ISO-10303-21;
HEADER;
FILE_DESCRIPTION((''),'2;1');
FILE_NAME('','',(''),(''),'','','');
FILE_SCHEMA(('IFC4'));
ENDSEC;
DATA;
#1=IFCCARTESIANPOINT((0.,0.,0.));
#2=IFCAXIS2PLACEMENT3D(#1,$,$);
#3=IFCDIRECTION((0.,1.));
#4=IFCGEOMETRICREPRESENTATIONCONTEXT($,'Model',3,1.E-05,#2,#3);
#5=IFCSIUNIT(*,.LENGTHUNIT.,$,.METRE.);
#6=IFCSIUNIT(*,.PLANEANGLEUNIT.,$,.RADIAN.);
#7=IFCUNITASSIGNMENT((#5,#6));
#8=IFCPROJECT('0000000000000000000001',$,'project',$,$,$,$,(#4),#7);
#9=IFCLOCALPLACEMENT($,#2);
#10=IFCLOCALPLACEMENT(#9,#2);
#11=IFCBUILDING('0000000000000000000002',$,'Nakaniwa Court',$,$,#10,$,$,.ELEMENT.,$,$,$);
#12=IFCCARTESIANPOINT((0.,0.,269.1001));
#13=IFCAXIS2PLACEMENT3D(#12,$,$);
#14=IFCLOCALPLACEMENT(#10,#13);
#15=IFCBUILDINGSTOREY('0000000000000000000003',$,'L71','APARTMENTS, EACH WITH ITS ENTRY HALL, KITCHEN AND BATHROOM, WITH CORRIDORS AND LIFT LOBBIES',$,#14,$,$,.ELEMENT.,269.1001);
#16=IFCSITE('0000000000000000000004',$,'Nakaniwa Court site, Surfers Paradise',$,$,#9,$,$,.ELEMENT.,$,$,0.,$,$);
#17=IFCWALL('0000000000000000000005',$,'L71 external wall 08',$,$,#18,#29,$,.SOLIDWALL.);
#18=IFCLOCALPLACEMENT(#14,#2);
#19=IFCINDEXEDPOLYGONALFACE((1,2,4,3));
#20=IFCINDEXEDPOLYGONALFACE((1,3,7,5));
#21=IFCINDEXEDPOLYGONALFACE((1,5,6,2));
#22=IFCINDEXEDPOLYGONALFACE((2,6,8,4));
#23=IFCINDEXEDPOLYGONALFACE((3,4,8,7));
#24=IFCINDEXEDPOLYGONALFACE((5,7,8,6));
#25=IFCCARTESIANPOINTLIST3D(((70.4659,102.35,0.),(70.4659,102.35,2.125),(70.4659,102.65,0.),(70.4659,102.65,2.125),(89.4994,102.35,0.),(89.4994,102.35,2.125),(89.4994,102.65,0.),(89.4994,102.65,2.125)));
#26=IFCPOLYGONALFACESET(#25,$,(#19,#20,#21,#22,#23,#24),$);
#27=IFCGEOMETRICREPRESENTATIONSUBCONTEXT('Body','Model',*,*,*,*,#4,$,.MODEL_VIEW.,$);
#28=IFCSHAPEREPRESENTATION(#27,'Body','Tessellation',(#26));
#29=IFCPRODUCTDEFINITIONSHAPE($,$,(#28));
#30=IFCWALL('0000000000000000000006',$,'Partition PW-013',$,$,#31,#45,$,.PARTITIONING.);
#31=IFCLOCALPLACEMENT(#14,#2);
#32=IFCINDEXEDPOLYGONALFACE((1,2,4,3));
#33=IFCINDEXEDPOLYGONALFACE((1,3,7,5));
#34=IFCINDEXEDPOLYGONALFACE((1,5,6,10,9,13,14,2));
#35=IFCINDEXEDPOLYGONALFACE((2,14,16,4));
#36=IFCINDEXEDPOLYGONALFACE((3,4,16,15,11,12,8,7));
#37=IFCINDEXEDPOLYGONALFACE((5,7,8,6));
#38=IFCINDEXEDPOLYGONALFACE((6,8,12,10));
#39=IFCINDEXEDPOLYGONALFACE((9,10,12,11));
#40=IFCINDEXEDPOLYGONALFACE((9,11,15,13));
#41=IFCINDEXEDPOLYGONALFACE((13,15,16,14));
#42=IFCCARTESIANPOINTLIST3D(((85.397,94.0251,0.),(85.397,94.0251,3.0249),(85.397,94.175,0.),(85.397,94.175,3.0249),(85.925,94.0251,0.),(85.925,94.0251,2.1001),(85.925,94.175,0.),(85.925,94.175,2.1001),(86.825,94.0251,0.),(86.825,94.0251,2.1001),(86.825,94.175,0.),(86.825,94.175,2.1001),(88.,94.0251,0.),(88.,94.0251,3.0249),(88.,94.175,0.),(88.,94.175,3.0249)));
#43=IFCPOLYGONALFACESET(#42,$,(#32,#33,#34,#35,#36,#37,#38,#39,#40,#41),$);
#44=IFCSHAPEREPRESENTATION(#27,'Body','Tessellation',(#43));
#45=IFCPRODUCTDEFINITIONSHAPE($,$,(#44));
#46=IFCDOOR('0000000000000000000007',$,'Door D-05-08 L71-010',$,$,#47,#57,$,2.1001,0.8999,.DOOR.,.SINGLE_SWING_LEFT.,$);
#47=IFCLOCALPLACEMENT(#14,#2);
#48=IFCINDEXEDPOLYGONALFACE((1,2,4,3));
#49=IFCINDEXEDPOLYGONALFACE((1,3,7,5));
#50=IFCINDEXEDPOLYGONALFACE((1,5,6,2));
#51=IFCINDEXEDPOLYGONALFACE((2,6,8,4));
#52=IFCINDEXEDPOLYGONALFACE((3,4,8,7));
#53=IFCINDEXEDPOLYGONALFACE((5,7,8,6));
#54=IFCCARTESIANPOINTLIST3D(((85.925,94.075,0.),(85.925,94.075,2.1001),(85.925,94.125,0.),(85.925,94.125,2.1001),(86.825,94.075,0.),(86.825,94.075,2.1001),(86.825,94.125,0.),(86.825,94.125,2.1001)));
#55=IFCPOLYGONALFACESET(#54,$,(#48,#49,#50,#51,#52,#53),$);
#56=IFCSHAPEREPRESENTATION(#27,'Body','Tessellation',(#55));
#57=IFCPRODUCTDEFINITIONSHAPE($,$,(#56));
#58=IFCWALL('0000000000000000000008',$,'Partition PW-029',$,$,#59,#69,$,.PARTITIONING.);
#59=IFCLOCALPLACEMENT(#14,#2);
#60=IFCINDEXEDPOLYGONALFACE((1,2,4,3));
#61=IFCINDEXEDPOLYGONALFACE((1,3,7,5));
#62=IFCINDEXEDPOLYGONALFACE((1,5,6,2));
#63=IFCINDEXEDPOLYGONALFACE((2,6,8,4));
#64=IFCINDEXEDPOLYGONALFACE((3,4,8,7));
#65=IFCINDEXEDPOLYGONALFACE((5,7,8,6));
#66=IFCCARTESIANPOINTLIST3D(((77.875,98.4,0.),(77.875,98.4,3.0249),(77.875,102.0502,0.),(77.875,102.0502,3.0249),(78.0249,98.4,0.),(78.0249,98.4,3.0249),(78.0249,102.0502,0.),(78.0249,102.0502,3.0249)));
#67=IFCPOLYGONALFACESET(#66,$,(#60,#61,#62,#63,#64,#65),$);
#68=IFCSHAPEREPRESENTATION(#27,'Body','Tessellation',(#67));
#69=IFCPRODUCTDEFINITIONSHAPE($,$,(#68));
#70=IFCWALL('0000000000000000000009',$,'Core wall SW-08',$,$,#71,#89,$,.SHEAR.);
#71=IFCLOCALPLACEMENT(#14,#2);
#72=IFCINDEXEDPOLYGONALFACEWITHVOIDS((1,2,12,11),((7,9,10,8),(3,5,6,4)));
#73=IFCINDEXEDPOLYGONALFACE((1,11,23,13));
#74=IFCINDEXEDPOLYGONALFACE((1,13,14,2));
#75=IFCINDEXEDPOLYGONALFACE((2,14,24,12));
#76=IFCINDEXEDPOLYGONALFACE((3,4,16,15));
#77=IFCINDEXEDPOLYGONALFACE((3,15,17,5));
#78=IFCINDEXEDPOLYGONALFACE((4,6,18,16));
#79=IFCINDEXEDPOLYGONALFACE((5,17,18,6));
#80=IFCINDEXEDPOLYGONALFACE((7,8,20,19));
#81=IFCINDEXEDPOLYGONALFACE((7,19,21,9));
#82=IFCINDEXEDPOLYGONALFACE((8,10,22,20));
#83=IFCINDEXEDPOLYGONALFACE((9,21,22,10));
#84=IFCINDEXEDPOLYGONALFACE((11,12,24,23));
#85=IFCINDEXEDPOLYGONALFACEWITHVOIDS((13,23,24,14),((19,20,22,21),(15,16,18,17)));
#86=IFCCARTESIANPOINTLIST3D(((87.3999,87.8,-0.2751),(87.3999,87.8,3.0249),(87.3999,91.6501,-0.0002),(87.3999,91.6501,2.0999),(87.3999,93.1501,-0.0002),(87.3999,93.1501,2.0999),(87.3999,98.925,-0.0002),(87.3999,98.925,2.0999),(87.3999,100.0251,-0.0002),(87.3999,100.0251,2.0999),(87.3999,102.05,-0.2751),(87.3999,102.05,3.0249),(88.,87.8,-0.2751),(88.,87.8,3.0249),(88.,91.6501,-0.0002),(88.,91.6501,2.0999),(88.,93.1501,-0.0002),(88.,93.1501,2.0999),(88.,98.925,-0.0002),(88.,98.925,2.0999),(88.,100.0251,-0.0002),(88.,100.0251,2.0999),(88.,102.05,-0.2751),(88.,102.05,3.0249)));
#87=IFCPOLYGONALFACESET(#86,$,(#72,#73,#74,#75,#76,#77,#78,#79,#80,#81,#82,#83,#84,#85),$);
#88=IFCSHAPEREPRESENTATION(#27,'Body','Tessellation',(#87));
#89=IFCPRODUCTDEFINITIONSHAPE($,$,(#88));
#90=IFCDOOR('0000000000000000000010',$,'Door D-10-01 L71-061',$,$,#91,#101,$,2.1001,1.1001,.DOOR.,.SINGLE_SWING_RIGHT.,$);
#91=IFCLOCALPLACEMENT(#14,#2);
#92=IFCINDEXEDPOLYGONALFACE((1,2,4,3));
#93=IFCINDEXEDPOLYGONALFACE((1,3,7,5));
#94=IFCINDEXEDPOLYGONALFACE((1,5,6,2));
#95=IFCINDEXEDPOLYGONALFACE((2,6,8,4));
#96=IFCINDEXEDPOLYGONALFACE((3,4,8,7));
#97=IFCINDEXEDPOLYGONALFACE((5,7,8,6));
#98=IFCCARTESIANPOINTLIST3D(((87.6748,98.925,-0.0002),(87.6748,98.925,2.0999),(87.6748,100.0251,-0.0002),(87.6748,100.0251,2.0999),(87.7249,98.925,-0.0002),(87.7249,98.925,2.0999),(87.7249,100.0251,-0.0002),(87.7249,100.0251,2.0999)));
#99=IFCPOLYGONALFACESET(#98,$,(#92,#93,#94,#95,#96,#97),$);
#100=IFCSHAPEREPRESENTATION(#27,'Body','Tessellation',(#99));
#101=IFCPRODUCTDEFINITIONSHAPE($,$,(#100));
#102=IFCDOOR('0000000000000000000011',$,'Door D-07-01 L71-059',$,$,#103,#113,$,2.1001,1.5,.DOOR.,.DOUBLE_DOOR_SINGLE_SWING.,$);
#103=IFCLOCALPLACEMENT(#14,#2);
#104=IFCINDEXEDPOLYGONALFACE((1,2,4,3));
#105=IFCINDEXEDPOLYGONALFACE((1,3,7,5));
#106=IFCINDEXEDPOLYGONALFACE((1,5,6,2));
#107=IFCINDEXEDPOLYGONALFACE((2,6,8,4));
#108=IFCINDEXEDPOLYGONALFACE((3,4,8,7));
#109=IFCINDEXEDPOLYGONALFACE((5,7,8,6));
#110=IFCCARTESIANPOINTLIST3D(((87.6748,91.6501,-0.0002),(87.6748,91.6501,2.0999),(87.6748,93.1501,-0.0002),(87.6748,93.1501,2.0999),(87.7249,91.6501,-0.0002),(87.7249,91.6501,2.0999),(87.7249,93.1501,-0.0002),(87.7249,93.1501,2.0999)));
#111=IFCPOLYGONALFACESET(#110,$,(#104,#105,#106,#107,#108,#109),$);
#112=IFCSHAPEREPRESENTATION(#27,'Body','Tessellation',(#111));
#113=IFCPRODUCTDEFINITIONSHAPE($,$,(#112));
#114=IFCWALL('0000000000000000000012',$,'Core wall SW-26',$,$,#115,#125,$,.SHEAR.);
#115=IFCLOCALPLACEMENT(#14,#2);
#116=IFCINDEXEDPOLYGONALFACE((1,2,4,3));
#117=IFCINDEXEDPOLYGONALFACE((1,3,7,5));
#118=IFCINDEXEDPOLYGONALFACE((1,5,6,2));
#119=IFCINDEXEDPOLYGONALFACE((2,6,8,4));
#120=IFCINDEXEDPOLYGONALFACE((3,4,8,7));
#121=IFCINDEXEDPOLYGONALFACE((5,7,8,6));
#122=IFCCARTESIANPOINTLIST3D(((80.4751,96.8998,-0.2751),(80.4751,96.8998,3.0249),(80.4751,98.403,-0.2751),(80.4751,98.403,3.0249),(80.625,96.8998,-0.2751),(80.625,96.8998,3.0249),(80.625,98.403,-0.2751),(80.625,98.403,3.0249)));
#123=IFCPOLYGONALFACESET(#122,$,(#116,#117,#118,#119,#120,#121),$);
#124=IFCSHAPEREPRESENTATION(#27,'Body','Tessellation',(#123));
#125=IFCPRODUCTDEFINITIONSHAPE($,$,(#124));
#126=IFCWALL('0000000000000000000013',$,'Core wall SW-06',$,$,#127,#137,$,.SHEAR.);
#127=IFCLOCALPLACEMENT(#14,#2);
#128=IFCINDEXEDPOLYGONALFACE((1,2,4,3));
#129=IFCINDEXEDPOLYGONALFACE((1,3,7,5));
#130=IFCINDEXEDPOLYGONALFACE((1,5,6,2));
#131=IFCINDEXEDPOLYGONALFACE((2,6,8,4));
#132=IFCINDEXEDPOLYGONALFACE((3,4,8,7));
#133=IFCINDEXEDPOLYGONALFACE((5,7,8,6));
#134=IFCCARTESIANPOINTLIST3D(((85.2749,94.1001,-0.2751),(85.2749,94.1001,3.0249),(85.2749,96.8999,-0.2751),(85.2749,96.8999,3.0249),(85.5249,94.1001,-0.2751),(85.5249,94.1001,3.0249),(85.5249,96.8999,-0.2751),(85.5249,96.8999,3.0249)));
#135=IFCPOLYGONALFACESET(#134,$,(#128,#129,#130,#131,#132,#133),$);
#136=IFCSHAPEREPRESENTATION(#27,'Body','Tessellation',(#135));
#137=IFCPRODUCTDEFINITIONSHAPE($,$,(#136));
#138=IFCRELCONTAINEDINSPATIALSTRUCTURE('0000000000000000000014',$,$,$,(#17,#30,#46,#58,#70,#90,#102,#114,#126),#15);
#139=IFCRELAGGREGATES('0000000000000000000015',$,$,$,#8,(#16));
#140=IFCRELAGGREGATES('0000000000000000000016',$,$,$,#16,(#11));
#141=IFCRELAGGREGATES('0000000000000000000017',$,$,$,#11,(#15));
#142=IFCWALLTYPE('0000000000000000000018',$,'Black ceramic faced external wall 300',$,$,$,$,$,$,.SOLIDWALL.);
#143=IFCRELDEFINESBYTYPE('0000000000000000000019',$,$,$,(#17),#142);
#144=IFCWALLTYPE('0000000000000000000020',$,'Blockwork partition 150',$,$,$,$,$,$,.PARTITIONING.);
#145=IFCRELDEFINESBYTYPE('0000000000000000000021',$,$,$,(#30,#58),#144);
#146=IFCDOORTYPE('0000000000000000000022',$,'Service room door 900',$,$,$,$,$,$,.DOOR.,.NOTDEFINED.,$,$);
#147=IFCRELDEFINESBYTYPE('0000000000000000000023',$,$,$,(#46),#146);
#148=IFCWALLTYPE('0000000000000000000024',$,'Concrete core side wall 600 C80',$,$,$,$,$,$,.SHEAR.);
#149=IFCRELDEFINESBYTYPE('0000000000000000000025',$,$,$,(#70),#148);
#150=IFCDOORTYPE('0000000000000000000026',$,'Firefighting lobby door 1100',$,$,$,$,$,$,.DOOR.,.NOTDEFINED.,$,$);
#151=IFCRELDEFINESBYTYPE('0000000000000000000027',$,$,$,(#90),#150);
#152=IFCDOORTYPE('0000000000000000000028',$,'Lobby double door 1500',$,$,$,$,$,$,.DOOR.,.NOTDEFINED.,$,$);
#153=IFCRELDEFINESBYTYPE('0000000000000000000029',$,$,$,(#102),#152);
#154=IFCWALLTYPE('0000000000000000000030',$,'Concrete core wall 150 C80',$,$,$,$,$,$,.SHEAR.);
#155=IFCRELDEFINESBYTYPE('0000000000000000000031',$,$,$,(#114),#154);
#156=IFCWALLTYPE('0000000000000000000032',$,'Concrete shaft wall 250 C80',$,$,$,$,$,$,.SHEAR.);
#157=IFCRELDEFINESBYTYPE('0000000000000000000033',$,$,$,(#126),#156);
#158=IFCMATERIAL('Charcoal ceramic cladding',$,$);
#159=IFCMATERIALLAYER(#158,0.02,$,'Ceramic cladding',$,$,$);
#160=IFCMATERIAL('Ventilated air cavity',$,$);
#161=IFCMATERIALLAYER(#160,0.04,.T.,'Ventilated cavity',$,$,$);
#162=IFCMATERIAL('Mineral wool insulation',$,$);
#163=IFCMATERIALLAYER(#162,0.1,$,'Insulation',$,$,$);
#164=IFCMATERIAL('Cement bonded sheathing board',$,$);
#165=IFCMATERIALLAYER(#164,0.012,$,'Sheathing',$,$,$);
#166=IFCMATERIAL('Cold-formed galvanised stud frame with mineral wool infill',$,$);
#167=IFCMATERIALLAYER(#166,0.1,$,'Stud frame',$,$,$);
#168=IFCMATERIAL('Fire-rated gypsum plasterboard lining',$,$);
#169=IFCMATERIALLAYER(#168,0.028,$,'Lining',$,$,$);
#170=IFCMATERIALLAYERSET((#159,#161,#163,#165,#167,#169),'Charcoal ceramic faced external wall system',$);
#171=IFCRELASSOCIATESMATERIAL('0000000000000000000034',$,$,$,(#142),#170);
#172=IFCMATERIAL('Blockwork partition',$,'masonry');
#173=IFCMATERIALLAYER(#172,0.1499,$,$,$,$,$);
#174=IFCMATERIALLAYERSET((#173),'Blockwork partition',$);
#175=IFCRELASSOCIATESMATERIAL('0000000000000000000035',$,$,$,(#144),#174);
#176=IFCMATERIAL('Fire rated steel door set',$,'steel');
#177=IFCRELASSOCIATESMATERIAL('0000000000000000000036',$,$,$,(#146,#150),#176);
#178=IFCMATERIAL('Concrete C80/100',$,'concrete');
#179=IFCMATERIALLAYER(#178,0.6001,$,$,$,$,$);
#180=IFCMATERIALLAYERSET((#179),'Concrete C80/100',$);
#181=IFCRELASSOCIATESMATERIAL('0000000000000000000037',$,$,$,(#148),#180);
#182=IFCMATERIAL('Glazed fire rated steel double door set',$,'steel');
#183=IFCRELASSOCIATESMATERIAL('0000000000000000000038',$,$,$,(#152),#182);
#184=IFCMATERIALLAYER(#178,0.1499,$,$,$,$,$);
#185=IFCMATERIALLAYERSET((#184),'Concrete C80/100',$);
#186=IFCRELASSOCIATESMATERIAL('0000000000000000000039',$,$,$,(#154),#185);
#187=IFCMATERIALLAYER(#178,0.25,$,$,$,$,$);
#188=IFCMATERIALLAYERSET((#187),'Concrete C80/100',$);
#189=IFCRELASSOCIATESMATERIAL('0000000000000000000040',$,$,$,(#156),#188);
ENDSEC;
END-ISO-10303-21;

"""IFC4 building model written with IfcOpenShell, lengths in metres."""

from ifc_helpers import new_model, si_unit, direction, frame, frame_2d, origin, place, context, subcontext, project, spatial, rectangle, extrude, material, layer, layer_set, type_object, element, fill, save


model = new_model("IFC4")

# Units and contexts
model_context = context("Model", 3, precision=1e-05, world=origin(), true_north=direction((0.0, 1.0)))
body_context = subcontext(model_context, "Body", "Model", "MODEL_VIEW")
ifc_project = project(units=[si_unit("LENGTHUNIT", "METRE"), si_unit("PLANEANGLEUNIT", "RADIAN")], contexts=[model_context])

# Site, building, storey
site_placement = place(None, origin())
site = spatial("IfcSite", under=ifc_project, at=site_placement, Name="Nakaniwa Court site, Surfers Paradise", CompositionType="ELEMENT", RefElevation=0.0)
building_placement = place(site_placement, origin())
building = spatial("IfcBuilding", under=site, at=building_placement, Name="Nakaniwa Court", CompositionType="ELEMENT")
storey_placement = place(building_placement, frame((0.0, 0.0, 269.1001)))
storey = spatial("IfcBuildingStorey", under=building, at=storey_placement, Name="L71", Description="APARTMENTS, EACH WITH ITS ENTRY HALL, KITCHEN AND BATHROOM, WITH CORRIDORS AND LIFT LOBBIES", CompositionType="ELEMENT", Elevation=269.1001)

# Wall
ifc_material_1 = material(Name="Charcoal ceramic cladding")
ifc_layer_1 = layer(ifc_material_1, 0.02, Name="Ceramic cladding")
ifc_material_2 = material(Name="Ventilated air cavity")
ifc_layer_2 = layer(ifc_material_2, 0.04, ventilated=True, Name="Ventilated cavity")
ifc_material_3 = material(Name="Mineral wool insulation")
ifc_layer_3 = layer(ifc_material_3, 0.1, Name="Insulation")
ifc_material_4 = material(Name="Cement bonded sheathing board")
ifc_layer_4 = layer(ifc_material_4, 0.012, Name="Sheathing")
ifc_material_5 = material(Name="Cold-formed galvanised stud frame with mineral wool infill")
ifc_layer_5 = layer(ifc_material_5, 0.1, Name="Stud frame")
ifc_material_6 = material(Name="Fire-rated gypsum plasterboard lining")
ifc_layer_6 = layer(ifc_material_6, 0.028, Name="Lining")
ifc_layer_set_1 = layer_set([ifc_layer_1, ifc_layer_2, ifc_layer_3, ifc_layer_4, ifc_layer_5, ifc_layer_6], Name="Charcoal ceramic faced external wall system")
wall_type_1 = type_object("IfcWallType", Name="Black ceramic faced external wall 300", PredefinedType="SOLIDWALL", material=ifc_layer_set_1)
wall_1_placement = place(storey_placement, frame((89.4993, 102.5, 0.0), z_axis=(0.0, 0.0, 1.0), x_axis=(-1.0, 0.0, 0.0)))
element("IfcWall", 1, at=wall_1_placement, inside=storey, type_object=wall_type_1, Name="L71 external wall 08", PredefinedType="SOLIDWALL", context=body_context, shape_type="SweptSolid", body=[
    extrude(rectangle(XDim=19.0334, YDim=0.3, at=frame_2d((9.5166, 0.0))), origin(), (0.0, 0.0, 1.0), 2.125),
])

# Wall, opening, door
ifc_material_7 = material(Name="Blockwork partition", Category="masonry")
ifc_layer_7 = layer(ifc_material_7, 0.1499)
ifc_layer_set_2 = layer_set([ifc_layer_7], Name="Blockwork partition")
wall_type_2 = type_object("IfcWallType", Name="Blockwork partition 150", PredefinedType="PARTITIONING", material=ifc_layer_set_2)
wall_2_placement = place(storey_placement, frame((85.397, 94.1001, 0.0), z_axis=(0.0, 0.0, 1.0), x_axis=(1.0, 0.0, 0.0)))
wall_2 = element("IfcWall", 2, at=wall_2_placement, inside=storey, type_object=wall_type_2, Name="Partition PW-013", PredefinedType="PARTITIONING", context=body_context, shape_type="SweptSolid", body=[
    extrude(rectangle(XDim=2.603, YDim=0.1499, at=frame_2d((1.3015, 0.0))), origin(), (0.0, 0.0, 1.0), 3.0249),
])
opening_1_placement = place(wall_2_placement, frame((0.5281, 0.0, 0.0)))
opening_1 = element("IfcOpeningElement", 3, at=opening_1_placement, cuts=wall_2, PredefinedType="OPENING", context=body_context, shape_type="SweptSolid", body=[
    extrude(rectangle(XDim=0.8999, YDim=2.1001, at=frame_2d((0.45, 1.05))), frame((0.0, 0.085, 0.0), z_axis=(0.0, -1.0, 0.0), x_axis=(1.0, 0.0, 0.0)), (0.0, 0.0, 1.0), 0.1699),
])
ifc_material_8 = material(Name="Fire rated steel door set", Category="steel")
door_type_1 = type_object("IfcDoorType", Name="Service room door 900", OperationType="NOTDEFINED", PredefinedType="DOOR", material=ifc_material_8)
door_1_placement = place(opening_1_placement, origin())
door_1 = element("IfcDoor", 4, at=door_1_placement, inside=storey, type_object=door_type_1, Name="Door D-05-08 L71-010", OperationType="SINGLE_SWING_LEFT", OverallHeight=2.1001, OverallWidth=0.8999, PredefinedType="DOOR", context=body_context, shape_type="SweptSolid", body=[
    extrude(rectangle(XDim=0.8999, YDim=2.1001, at=frame_2d((0.45, 1.05))), frame((0.0, 0.0249, 0.0), z_axis=(0.0, -1.0, 0.0), x_axis=(1.0, 0.0, 0.0)), (0.0, 0.0, 1.0), 0.05),
])
fill(opening_1, door_1)

# Wall
wall_3_placement = place(storey_placement, frame((77.95, 98.3999, 0.0), z_axis=(0.0, 0.0, 1.0), x_axis=(0.0, 1.0, 0.0)))
element("IfcWall", 5, at=wall_3_placement, inside=storey, type_object=wall_type_2, Name="Partition PW-029", PredefinedType="PARTITIONING", context=body_context, shape_type="SweptSolid", body=[
    extrude(rectangle(XDim=3.6501, YDim=0.1499, at=frame_2d((1.8252, 0.0))), origin(), (0.0, 0.0, 1.0), 3.0249),
])

# Wall, openings, doors
ifc_material_9 = material(Name="Concrete C80/100", Category="concrete")
ifc_layer_8 = layer(ifc_material_9, 0.6001)
ifc_layer_set_3 = layer_set([ifc_layer_8], Name="Concrete C80/100")
wall_type_3 = type_object("IfcWallType", Name="Concrete core side wall 600 C80", PredefinedType="SHEAR", material=ifc_layer_set_3)
wall_4_placement = place(storey_placement, frame((87.7, 102.05, -0.2751), z_axis=(0.0, 0.0, 1.0), x_axis=(0.0, -1.0, 0.0)))
wall_4 = element("IfcWall", 6, at=wall_4_placement, inside=storey, type_object=wall_type_3, Name="Core wall SW-08", PredefinedType="SHEAR", context=body_context, shape_type="SweptSolid", body=[
    extrude(rectangle(XDim=14.25, YDim=0.6001, at=frame_2d((7.125, 0.0))), origin(), (0.0, 0.0, 1.0), 3.3),
])
opening_2_placement = place(wall_4_placement, frame((8.8999, 0.0, 0.2749)))
opening_2 = element("IfcOpeningElement", 7, at=opening_2_placement, cuts=wall_4, PredefinedType="OPENING", context=body_context, shape_type="SweptSolid", body=[
    extrude(rectangle(XDim=1.5, YDim=2.1001, at=frame_2d((0.75, 1.05))), frame((0.0, 0.3101, 0.0), z_axis=(0.0, -1.0, 0.0), x_axis=(1.0, 0.0, 0.0)), (0.0, 0.0, 1.0), 0.6201),
])
opening_3_placement = place(wall_4_placement, frame((2.0249, 0.0, 0.2749)))
opening_3 = element("IfcOpeningElement", 8, at=opening_3_placement, cuts=wall_4, PredefinedType="OPENING", context=body_context, shape_type="SweptSolid", body=[
    extrude(rectangle(XDim=1.1001, YDim=2.1001, at=frame_2d((0.55, 1.05))), frame((0.0, 0.3101, 0.0), z_axis=(0.0, -1.0, 0.0), x_axis=(1.0, 0.0, 0.0)), (0.0, 0.0, 1.0), 0.6201),
])
door_type_2 = type_object("IfcDoorType", Name="Firefighting lobby door 1100", OperationType="NOTDEFINED", PredefinedType="DOOR", material=ifc_material_8)
door_2_placement = place(opening_3_placement, origin())
door_2 = element("IfcDoor", 9, at=door_2_placement, inside=storey, type_object=door_type_2, Name="Door D-10-01 L71-061", OperationType="SINGLE_SWING_RIGHT", OverallHeight=2.1001, OverallWidth=1.1001, PredefinedType="DOOR", context=body_context, shape_type="SweptSolid", body=[
    extrude(rectangle(XDim=1.1001, YDim=2.1001, at=frame_2d((0.55, 1.05))), frame((0.0, 0.0249, 0.0), z_axis=(0.0, -1.0, 0.0), x_axis=(1.0, 0.0, 0.0)), (0.0, 0.0, 1.0), 0.05),
])
fill(opening_3, door_2)
ifc_material_10 = material(Name="Glazed fire rated steel double door set", Category="steel")
door_type_3 = type_object("IfcDoorType", Name="Lobby double door 1500", OperationType="NOTDEFINED", PredefinedType="DOOR", material=ifc_material_10)
door_3_placement = place(opening_2_placement, origin())
door_3 = element("IfcDoor", 10, at=door_3_placement, inside=storey, type_object=door_type_3, Name="Door D-07-01 L71-059", OperationType="DOUBLE_DOOR_SINGLE_SWING", OverallHeight=2.1001, OverallWidth=1.5, PredefinedType="DOOR", context=body_context, shape_type="SweptSolid", body=[
    extrude(rectangle(XDim=1.5, YDim=2.1001, at=frame_2d((0.75, 1.05))), frame((0.0, 0.0249, 0.0), z_axis=(0.0, -1.0, 0.0), x_axis=(1.0, 0.0, 0.0)), (0.0, 0.0, 1.0), 0.05),
])
fill(opening_2, door_3)

# Walls
ifc_layer_9 = layer(ifc_material_9, 0.1499)
ifc_layer_set_4 = layer_set([ifc_layer_9], Name="Concrete C80/100")
wall_type_4 = type_object("IfcWallType", Name="Concrete core wall 150 C80", PredefinedType="SHEAR", material=ifc_layer_set_4)
wall_5_placement = place(storey_placement, frame((80.55, 96.8999, -0.2751), z_axis=(0.0, 0.0, 1.0), x_axis=(0.0, 1.0, 0.0)))
element("IfcWall", 11, at=wall_5_placement, inside=storey, type_object=wall_type_4, Name="Core wall SW-26", PredefinedType="SHEAR", context=body_context, shape_type="SweptSolid", body=[
    extrude(rectangle(XDim=1.5032, YDim=0.1499, at=frame_2d((0.7515, 0.0))), origin(), (0.0, 0.0, 1.0), 3.3),
])
ifc_layer_10 = layer(ifc_material_9, 0.25)
ifc_layer_set_5 = layer_set([ifc_layer_10], Name="Concrete C80/100")
wall_type_5 = type_object("IfcWallType", Name="Concrete shaft wall 250 C80", PredefinedType="SHEAR", material=ifc_layer_set_5)
wall_6_placement = place(storey_placement, frame((85.3999, 94.1001, -0.2751), z_axis=(0.0, 0.0, 1.0), x_axis=(0.0, 1.0, 0.0)))
element("IfcWall", 12, at=wall_6_placement, inside=storey, type_object=wall_type_5, Name="Core wall SW-06", PredefinedType="SHEAR", context=body_context, shape_type="SweptSolid", body=[
    extrude(rectangle(XDim=2.7998, YDim=0.25, at=frame_2d((1.3999, 0.0))), origin(), (0.0, 0.0, 1.0), 3.3),
])

save(model, "model.ifc")
